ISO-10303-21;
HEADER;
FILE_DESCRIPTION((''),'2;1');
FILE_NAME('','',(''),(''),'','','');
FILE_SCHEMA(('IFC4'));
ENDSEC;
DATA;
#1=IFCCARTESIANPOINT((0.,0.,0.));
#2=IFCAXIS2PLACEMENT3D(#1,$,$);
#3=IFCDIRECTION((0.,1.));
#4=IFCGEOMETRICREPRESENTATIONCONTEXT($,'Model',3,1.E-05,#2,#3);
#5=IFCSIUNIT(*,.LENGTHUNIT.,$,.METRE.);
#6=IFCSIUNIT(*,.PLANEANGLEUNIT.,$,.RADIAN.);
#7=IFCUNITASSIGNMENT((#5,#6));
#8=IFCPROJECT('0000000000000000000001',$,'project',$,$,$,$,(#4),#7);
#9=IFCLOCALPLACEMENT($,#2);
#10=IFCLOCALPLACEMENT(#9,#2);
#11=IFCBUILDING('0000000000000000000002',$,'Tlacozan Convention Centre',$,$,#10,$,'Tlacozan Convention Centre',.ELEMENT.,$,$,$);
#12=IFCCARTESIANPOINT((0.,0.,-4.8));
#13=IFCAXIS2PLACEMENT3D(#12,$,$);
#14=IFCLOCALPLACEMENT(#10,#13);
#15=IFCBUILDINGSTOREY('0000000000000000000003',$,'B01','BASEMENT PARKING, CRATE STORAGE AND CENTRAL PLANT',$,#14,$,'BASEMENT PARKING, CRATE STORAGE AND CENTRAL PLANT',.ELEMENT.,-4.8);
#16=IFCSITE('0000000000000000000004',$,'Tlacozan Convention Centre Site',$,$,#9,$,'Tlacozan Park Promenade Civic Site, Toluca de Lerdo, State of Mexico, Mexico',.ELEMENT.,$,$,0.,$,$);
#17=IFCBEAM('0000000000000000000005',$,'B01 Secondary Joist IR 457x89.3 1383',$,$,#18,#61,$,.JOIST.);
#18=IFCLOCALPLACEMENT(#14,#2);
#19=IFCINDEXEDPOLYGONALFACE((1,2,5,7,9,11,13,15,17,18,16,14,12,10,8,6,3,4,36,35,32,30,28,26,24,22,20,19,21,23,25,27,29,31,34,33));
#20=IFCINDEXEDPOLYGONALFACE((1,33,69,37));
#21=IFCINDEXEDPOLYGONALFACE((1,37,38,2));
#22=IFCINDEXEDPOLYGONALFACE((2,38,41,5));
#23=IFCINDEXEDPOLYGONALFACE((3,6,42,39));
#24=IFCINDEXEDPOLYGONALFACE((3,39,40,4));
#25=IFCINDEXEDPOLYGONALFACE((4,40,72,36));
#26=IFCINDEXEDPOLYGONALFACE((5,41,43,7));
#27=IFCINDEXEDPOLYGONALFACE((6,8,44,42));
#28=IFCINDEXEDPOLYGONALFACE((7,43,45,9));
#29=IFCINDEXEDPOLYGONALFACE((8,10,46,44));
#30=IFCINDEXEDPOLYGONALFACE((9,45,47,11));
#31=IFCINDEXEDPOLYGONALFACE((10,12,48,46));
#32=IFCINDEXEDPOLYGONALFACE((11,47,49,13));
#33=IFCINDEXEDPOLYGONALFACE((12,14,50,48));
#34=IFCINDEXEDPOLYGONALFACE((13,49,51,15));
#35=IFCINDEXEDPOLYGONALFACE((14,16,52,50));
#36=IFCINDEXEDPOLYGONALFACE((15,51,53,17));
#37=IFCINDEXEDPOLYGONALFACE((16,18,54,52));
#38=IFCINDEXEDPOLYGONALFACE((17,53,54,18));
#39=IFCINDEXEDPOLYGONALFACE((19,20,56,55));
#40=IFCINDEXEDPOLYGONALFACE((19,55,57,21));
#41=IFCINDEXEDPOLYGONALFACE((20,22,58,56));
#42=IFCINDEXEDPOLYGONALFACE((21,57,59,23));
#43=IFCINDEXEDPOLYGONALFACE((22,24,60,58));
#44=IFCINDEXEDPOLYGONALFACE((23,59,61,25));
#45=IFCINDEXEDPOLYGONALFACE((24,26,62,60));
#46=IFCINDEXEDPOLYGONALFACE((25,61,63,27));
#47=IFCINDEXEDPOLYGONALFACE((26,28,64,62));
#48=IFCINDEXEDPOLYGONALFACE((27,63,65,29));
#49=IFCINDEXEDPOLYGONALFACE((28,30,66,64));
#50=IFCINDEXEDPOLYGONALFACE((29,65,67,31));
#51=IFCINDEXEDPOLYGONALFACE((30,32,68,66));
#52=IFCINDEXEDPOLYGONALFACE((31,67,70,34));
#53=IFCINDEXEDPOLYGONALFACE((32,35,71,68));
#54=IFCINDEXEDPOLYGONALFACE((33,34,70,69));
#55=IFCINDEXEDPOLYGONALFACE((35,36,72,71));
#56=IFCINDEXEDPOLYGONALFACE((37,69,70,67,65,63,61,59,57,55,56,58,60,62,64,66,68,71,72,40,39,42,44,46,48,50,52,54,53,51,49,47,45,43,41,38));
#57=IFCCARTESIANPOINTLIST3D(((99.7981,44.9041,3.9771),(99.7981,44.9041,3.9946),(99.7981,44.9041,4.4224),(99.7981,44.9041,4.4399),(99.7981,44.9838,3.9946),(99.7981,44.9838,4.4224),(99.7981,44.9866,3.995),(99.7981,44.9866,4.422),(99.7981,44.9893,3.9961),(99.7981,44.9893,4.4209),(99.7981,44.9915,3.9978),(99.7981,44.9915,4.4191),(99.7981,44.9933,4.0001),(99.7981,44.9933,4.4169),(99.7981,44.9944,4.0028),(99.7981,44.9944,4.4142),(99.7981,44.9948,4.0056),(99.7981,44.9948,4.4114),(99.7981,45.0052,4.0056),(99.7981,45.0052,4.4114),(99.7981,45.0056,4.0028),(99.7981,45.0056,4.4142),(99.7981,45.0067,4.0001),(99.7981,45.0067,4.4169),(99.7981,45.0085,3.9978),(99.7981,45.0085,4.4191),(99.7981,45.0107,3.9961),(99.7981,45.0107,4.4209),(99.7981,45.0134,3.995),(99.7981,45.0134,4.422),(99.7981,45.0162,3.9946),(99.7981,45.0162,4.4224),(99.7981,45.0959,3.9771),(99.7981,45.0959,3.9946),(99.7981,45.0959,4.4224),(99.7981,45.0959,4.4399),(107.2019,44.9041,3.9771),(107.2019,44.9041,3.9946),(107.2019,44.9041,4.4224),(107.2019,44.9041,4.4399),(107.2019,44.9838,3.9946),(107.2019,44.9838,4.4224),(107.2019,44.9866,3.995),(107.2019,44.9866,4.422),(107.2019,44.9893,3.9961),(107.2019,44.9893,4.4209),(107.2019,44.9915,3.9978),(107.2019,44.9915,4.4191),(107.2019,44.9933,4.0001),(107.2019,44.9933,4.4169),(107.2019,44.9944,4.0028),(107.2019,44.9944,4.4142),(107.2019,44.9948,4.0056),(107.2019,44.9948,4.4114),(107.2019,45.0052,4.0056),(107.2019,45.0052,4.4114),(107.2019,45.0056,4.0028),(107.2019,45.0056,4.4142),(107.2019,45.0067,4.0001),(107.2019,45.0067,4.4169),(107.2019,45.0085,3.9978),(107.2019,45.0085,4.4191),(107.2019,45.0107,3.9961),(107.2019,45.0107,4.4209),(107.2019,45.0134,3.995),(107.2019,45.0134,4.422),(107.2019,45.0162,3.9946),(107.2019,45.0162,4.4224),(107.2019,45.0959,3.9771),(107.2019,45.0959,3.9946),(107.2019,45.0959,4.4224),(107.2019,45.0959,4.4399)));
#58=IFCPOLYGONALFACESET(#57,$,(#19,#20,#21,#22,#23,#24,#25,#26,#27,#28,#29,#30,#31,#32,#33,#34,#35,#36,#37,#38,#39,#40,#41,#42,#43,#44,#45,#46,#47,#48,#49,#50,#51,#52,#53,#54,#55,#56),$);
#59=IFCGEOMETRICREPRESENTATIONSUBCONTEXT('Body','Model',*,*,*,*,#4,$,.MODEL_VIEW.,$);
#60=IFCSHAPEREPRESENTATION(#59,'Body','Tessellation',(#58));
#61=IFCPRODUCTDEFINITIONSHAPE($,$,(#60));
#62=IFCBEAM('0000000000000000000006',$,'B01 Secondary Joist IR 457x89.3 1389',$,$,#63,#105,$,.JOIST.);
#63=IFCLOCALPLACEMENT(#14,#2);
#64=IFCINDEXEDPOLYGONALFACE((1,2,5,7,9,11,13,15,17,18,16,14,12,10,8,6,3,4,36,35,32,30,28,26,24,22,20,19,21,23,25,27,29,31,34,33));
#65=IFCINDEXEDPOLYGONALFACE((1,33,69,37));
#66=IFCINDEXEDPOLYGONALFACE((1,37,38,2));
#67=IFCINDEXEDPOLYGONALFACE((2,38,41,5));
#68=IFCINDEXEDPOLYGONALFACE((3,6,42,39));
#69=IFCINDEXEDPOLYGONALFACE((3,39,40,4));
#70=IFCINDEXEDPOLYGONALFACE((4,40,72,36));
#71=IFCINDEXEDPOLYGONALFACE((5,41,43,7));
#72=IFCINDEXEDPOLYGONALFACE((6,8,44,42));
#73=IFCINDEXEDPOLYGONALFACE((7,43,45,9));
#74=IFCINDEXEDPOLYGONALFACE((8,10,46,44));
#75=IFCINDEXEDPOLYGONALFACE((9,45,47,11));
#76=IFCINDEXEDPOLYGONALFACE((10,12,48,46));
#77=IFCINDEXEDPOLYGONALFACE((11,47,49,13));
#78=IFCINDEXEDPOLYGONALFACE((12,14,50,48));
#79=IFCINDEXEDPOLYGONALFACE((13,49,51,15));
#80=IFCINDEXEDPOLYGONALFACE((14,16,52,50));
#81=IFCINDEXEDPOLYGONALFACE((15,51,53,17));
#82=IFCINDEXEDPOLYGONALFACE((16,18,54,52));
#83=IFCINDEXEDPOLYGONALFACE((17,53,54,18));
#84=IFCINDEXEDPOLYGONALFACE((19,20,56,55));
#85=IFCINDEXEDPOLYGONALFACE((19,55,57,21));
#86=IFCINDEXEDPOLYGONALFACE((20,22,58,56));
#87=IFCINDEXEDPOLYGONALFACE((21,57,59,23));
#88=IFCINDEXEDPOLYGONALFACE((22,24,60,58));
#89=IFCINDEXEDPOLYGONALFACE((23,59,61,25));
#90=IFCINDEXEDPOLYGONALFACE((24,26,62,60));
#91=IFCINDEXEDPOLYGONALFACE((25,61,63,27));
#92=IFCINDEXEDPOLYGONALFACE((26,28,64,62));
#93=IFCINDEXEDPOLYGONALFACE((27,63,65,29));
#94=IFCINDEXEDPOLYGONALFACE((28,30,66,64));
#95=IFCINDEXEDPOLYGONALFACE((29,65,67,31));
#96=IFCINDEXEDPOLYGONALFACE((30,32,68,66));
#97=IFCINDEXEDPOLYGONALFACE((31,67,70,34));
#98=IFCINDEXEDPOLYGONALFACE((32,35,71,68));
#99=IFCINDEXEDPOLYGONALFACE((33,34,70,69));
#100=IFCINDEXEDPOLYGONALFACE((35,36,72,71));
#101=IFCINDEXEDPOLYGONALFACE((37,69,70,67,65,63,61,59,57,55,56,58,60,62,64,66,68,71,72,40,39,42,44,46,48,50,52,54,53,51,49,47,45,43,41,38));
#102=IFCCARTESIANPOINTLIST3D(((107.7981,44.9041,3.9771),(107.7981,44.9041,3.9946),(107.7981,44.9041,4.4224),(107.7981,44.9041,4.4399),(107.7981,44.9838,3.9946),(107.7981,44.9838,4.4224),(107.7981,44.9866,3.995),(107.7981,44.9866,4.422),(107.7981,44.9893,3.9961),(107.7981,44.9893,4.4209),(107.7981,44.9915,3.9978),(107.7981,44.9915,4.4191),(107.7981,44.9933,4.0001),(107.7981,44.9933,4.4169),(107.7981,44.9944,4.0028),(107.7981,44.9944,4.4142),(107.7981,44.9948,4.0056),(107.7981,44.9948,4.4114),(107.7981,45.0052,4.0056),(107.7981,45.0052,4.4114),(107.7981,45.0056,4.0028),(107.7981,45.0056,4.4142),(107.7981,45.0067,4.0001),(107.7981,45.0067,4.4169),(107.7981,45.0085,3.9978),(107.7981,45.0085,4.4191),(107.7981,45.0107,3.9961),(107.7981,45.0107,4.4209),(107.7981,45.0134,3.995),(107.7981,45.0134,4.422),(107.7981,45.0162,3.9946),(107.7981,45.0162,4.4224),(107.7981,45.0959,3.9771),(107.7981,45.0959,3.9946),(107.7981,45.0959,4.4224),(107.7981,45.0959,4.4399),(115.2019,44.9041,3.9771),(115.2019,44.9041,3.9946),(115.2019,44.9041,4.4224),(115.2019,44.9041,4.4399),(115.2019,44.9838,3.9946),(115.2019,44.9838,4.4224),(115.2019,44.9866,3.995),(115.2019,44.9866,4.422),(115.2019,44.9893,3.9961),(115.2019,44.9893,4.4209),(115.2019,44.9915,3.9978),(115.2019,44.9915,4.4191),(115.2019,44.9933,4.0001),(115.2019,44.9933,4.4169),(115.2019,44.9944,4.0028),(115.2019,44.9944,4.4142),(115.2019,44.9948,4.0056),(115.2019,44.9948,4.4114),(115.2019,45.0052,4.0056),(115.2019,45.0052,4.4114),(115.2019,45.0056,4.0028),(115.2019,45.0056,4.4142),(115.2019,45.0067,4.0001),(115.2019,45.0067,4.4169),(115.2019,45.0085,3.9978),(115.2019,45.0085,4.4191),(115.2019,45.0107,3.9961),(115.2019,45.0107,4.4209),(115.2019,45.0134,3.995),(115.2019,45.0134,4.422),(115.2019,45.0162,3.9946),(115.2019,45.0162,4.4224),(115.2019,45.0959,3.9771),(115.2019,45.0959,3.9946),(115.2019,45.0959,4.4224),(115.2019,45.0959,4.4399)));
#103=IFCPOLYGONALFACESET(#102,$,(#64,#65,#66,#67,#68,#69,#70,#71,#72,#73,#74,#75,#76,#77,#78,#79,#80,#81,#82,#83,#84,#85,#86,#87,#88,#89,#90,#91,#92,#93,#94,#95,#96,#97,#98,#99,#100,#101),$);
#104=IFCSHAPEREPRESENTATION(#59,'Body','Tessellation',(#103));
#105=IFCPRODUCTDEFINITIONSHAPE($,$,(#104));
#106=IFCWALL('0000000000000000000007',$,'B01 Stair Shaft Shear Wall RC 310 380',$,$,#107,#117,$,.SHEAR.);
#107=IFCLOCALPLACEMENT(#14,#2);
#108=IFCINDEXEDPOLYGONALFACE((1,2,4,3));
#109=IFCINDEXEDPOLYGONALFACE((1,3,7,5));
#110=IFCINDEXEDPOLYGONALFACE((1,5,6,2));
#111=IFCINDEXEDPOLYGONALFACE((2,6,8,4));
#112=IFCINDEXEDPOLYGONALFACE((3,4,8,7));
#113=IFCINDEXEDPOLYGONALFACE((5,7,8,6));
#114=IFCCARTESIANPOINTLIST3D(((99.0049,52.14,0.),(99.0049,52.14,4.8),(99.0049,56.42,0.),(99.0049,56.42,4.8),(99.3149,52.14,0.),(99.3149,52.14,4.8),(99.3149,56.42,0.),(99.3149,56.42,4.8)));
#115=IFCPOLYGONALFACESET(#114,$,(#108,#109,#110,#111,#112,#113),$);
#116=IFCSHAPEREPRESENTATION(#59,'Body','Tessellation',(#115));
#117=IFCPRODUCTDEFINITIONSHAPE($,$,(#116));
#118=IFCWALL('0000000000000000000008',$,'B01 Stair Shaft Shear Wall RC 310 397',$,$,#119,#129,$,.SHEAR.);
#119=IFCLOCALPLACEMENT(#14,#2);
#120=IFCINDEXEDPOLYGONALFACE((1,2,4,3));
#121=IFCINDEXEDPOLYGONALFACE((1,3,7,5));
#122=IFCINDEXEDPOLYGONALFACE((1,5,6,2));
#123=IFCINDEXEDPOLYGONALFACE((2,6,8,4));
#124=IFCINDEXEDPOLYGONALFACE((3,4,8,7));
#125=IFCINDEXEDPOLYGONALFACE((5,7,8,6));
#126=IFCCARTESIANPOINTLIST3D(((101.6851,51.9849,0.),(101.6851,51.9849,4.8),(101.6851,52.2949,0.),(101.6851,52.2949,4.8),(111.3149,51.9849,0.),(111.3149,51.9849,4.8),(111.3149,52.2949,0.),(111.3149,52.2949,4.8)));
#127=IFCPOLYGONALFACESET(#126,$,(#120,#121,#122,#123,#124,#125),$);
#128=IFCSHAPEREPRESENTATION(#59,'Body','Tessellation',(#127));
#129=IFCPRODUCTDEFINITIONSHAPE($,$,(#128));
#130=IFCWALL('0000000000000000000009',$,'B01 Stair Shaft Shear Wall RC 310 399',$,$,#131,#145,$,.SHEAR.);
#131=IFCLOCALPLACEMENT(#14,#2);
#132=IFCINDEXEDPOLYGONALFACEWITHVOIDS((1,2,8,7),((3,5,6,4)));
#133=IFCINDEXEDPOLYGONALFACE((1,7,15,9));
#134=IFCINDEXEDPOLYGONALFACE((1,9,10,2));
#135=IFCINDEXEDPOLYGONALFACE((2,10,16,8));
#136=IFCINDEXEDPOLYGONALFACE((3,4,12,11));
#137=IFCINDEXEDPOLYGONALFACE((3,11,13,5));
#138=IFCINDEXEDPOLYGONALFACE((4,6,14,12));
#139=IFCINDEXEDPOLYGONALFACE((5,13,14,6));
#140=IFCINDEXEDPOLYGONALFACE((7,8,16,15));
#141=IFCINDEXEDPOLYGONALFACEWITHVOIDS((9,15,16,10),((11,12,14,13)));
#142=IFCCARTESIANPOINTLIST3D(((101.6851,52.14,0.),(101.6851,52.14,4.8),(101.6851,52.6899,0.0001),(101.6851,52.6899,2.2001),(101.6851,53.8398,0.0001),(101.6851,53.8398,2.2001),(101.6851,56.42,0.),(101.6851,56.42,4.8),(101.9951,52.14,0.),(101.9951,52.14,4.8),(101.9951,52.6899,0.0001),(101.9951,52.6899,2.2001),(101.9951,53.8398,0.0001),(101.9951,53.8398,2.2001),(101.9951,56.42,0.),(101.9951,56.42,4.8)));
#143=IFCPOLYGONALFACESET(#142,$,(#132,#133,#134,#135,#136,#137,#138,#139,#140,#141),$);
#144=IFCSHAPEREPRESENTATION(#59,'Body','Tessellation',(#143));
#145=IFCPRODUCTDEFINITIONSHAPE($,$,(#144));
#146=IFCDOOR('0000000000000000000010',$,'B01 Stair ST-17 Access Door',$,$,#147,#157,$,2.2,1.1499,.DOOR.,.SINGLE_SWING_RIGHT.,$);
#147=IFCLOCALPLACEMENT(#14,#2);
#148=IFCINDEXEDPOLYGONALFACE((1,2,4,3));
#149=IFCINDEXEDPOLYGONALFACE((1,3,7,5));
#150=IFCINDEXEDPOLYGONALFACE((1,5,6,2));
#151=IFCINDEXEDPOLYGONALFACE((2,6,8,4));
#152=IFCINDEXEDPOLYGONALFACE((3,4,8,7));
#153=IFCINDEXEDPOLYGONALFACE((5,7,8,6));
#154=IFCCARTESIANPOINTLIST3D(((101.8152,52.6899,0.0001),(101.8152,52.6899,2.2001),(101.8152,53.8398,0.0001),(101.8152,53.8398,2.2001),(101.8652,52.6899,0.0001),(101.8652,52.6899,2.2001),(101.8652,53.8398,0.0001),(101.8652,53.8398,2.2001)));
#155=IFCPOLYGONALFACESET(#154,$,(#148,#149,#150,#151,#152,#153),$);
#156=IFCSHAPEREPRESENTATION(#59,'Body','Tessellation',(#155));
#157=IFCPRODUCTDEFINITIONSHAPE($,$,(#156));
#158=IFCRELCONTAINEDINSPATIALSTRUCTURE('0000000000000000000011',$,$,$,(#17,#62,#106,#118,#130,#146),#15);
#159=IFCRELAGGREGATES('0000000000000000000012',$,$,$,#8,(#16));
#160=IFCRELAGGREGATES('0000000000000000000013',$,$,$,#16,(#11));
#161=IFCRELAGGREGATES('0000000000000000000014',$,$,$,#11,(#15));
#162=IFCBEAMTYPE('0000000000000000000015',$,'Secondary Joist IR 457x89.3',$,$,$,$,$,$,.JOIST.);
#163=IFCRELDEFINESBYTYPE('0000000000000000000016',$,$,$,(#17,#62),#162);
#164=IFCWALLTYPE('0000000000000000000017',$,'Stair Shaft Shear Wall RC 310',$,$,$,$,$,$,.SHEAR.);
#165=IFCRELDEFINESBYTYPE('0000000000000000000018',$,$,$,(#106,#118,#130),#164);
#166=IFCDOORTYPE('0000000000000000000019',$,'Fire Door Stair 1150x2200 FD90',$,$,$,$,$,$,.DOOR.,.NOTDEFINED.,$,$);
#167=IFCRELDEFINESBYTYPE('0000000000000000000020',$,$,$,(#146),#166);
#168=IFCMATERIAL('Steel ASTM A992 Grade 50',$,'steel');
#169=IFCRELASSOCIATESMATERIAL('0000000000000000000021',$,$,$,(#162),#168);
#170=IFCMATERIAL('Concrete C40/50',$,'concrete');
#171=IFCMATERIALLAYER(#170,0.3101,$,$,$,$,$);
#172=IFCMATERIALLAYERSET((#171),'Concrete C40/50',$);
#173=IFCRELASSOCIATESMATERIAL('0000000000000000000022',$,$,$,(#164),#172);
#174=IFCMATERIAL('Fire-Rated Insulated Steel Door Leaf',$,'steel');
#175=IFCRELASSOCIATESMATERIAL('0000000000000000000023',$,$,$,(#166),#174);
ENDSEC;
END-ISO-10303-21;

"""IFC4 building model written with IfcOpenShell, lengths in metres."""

from ifc_helpers import new_model, si_unit, direction, frame, frame_2d, origin, origin_2d, place, context, subcontext, project, spatial, rectangle, i_section, extrude, material, layer, layer_set, material_profile, profile_set, type_object, element, fill, save


model = new_model("IFC4")

# Units and contexts
model_context = context("Model", 3, precision=1e-05, world=origin(), true_north=direction((0.0, 1.0)))
body_context = subcontext(model_context, "Body", "Model", "MODEL_VIEW")
ifc_project = project(units=[si_unit("LENGTHUNIT", "METRE"), si_unit("PLANEANGLEUNIT", "RADIAN")], contexts=[model_context])

# Site, building, storey
site_placement = place(None, origin())
site = spatial("IfcSite", under=ifc_project, at=site_placement, Name="Tlacozan Convention Centre Site", LongName="Tlacozan Park Promenade Civic Site, Toluca de Lerdo, State of Mexico, Mexico", CompositionType="ELEMENT", RefElevation=0.0)
building_placement = place(site_placement, origin())
building = spatial("IfcBuilding", under=site, at=building_placement, Name="Tlacozan Convention Centre", LongName="Tlacozan Convention Centre", CompositionType="ELEMENT")
storey_placement = place(building_placement, frame((0.0, 0.0, -4.8)))
storey = spatial("IfcBuildingStorey", under=building, at=storey_placement, Name="B01", Description="BASEMENT PARKING, CRATE STORAGE AND CENTRAL PLANT", LongName="BASEMENT PARKING, CRATE STORAGE AND CENTRAL PLANT", CompositionType="ELEMENT", Elevation=-4.8)

# Shared definitions
ifc_material_1 = material(Name="Concrete C40/50", Category="concrete")

# Beams
ifc_material_2 = material(Name="Steel ASTM A992 Grade 50", Category="steel")
ifc_material_profile_1 = material_profile(ifc_material_2, i_section(OverallWidth=0.1919, OverallDepth=0.4629, WebThickness=0.0105, FlangeThickness=0.0176, FilletRadius=0.011, at=origin_2d()), Name="IR 457x89.3")
ifc_profile_set_1 = profile_set([ifc_material_profile_1], Name="Steel ASTM A992 Grade 50")
beam_type_1 = type_object("IfcBeamType", Name="Secondary Joist IR 457x89.3", PredefinedType="JOIST", material=ifc_profile_set_1)
for number, where, z_axis, x_axis, name in (
    (1, (99.7981, 45.0, 4.2085), (1.0, 0.0, 0.0), (0.0, 1.0, 0.0), "B01 Secondary Joist IR 457x89.3 1383"),
    (2, (107.7981, 45.0, 4.2085), (1.0, 0.0, 0.0), (0.0, 1.0, 0.0), "B01 Secondary Joist IR 457x89.3 1389"),
):
    element("IfcBeam", number, at=place(storey_placement, frame(where, z_axis=z_axis, x_axis=x_axis)), inside=storey, type_object=beam_type_1, Name=name, PredefinedType="JOIST", context=body_context, shape_type="SweptSolid", body=[
        extrude(i_section(OverallWidth=0.1919, OverallDepth=0.4629, WebThickness=0.0105, FlangeThickness=0.0176, FilletRadius=0.011, at=origin_2d()), origin(), (0.0, 0.0, 1.0), 7.4038),
    ])

# Walls
ifc_layer_1 = layer(ifc_material_1, 0.3101)
ifc_layer_set_1 = layer_set([ifc_layer_1], Name="Concrete C40/50")
wall_type = type_object("IfcWallType", Name="Stair Shaft Shear Wall RC 310", PredefinedType="SHEAR", material=ifc_layer_set_1)
wall_1_placement = place(storey_placement, frame((99.1599, 52.1399, 0.0), z_axis=(0.0, 0.0, 1.0), x_axis=(0.0, 1.0, 0.0)))
element("IfcWall", 3, at=wall_1_placement, inside=storey, type_object=wall_type, Name="B01 Stair Shaft Shear Wall RC 310 380", PredefinedType="SHEAR", context=body_context, shape_type="SweptSolid", body=[
    extrude(rectangle(XDim=4.28, YDim=0.3101, at=frame_2d((2.1401, 0.0))), origin(), (0.0, 0.0, 1.0), 4.8),
])
wall_2_placement = place(storey_placement, frame((101.6851, 52.1399, 0.0), z_axis=(0.0, 0.0, 1.0), x_axis=(1.0, 0.0, 0.0)))
element("IfcWall", 4, at=wall_2_placement, inside=storey, type_object=wall_type, Name="B01 Stair Shaft Shear Wall RC 310 397", PredefinedType="SHEAR", context=body_context, shape_type="SweptSolid", body=[
    extrude(rectangle(XDim=9.6299, YDim=0.3101, at=frame_2d((4.8149, 0.0))), origin(), (0.0, 0.0, 1.0), 4.8),
])

# Wall, opening, door
wall_3_placement = place(storey_placement, frame((101.8401, 52.1399, 0.0), z_axis=(0.0, 0.0, 1.0), x_axis=(0.0, 1.0, 0.0)))
wall_3 = element("IfcWall", 5, at=wall_3_placement, inside=storey, type_object=wall_type, Name="B01 Stair Shaft Shear Wall RC 310 399", PredefinedType="SHEAR", context=body_context, shape_type="SweptSolid", body=[
    extrude(rectangle(XDim=4.28, YDim=0.3101, at=frame_2d((2.1401, 0.0))), origin(), (0.0, 0.0, 1.0), 4.8),
])
opening_placement = place(wall_3_placement, frame((0.55, 0.0, 0.0)))
opening = element("IfcOpeningElement", 6, at=opening_placement, cuts=wall_3, PredefinedType="OPENING", context=body_context, shape_type="SweptSolid", body=[
    extrude(rectangle(XDim=1.1499, YDim=2.2, at=frame_2d((0.575, 1.1001))), frame((0.0, 0.165, 0.0), z_axis=(0.0, -1.0, 0.0), x_axis=(1.0, 0.0, 0.0)), (0.0, 0.0, 1.0), 0.3301),
])
ifc_material_3 = material(Name="Fire-Rated Insulated Steel Door Leaf", Category="steel")
door_type = type_object("IfcDoorType", Name="Fire Door Stair 1150x2200 FD90", OperationType="NOTDEFINED", PredefinedType="DOOR", material=ifc_material_3)
door_placement = place(opening_placement, origin())
door = element("IfcDoor", 7, at=door_placement, inside=storey, type_object=door_type, Name="B01 Stair ST-17 Access Door", OperationType="SINGLE_SWING_RIGHT", OverallHeight=2.2, OverallWidth=1.1499, PredefinedType="DOOR", context=body_context, shape_type="SweptSolid", body=[
    extrude(rectangle(XDim=1.1499, YDim=2.2, at=frame_2d((0.575, 1.1001))), frame((0.0, 0.0249, 0.0), z_axis=(0.0, -1.0, 0.0), x_axis=(1.0, 0.0, 0.0)), (0.0, 0.0, 1.0), 0.05),
])
fill(opening, door)

save(model, "model.ifc")
